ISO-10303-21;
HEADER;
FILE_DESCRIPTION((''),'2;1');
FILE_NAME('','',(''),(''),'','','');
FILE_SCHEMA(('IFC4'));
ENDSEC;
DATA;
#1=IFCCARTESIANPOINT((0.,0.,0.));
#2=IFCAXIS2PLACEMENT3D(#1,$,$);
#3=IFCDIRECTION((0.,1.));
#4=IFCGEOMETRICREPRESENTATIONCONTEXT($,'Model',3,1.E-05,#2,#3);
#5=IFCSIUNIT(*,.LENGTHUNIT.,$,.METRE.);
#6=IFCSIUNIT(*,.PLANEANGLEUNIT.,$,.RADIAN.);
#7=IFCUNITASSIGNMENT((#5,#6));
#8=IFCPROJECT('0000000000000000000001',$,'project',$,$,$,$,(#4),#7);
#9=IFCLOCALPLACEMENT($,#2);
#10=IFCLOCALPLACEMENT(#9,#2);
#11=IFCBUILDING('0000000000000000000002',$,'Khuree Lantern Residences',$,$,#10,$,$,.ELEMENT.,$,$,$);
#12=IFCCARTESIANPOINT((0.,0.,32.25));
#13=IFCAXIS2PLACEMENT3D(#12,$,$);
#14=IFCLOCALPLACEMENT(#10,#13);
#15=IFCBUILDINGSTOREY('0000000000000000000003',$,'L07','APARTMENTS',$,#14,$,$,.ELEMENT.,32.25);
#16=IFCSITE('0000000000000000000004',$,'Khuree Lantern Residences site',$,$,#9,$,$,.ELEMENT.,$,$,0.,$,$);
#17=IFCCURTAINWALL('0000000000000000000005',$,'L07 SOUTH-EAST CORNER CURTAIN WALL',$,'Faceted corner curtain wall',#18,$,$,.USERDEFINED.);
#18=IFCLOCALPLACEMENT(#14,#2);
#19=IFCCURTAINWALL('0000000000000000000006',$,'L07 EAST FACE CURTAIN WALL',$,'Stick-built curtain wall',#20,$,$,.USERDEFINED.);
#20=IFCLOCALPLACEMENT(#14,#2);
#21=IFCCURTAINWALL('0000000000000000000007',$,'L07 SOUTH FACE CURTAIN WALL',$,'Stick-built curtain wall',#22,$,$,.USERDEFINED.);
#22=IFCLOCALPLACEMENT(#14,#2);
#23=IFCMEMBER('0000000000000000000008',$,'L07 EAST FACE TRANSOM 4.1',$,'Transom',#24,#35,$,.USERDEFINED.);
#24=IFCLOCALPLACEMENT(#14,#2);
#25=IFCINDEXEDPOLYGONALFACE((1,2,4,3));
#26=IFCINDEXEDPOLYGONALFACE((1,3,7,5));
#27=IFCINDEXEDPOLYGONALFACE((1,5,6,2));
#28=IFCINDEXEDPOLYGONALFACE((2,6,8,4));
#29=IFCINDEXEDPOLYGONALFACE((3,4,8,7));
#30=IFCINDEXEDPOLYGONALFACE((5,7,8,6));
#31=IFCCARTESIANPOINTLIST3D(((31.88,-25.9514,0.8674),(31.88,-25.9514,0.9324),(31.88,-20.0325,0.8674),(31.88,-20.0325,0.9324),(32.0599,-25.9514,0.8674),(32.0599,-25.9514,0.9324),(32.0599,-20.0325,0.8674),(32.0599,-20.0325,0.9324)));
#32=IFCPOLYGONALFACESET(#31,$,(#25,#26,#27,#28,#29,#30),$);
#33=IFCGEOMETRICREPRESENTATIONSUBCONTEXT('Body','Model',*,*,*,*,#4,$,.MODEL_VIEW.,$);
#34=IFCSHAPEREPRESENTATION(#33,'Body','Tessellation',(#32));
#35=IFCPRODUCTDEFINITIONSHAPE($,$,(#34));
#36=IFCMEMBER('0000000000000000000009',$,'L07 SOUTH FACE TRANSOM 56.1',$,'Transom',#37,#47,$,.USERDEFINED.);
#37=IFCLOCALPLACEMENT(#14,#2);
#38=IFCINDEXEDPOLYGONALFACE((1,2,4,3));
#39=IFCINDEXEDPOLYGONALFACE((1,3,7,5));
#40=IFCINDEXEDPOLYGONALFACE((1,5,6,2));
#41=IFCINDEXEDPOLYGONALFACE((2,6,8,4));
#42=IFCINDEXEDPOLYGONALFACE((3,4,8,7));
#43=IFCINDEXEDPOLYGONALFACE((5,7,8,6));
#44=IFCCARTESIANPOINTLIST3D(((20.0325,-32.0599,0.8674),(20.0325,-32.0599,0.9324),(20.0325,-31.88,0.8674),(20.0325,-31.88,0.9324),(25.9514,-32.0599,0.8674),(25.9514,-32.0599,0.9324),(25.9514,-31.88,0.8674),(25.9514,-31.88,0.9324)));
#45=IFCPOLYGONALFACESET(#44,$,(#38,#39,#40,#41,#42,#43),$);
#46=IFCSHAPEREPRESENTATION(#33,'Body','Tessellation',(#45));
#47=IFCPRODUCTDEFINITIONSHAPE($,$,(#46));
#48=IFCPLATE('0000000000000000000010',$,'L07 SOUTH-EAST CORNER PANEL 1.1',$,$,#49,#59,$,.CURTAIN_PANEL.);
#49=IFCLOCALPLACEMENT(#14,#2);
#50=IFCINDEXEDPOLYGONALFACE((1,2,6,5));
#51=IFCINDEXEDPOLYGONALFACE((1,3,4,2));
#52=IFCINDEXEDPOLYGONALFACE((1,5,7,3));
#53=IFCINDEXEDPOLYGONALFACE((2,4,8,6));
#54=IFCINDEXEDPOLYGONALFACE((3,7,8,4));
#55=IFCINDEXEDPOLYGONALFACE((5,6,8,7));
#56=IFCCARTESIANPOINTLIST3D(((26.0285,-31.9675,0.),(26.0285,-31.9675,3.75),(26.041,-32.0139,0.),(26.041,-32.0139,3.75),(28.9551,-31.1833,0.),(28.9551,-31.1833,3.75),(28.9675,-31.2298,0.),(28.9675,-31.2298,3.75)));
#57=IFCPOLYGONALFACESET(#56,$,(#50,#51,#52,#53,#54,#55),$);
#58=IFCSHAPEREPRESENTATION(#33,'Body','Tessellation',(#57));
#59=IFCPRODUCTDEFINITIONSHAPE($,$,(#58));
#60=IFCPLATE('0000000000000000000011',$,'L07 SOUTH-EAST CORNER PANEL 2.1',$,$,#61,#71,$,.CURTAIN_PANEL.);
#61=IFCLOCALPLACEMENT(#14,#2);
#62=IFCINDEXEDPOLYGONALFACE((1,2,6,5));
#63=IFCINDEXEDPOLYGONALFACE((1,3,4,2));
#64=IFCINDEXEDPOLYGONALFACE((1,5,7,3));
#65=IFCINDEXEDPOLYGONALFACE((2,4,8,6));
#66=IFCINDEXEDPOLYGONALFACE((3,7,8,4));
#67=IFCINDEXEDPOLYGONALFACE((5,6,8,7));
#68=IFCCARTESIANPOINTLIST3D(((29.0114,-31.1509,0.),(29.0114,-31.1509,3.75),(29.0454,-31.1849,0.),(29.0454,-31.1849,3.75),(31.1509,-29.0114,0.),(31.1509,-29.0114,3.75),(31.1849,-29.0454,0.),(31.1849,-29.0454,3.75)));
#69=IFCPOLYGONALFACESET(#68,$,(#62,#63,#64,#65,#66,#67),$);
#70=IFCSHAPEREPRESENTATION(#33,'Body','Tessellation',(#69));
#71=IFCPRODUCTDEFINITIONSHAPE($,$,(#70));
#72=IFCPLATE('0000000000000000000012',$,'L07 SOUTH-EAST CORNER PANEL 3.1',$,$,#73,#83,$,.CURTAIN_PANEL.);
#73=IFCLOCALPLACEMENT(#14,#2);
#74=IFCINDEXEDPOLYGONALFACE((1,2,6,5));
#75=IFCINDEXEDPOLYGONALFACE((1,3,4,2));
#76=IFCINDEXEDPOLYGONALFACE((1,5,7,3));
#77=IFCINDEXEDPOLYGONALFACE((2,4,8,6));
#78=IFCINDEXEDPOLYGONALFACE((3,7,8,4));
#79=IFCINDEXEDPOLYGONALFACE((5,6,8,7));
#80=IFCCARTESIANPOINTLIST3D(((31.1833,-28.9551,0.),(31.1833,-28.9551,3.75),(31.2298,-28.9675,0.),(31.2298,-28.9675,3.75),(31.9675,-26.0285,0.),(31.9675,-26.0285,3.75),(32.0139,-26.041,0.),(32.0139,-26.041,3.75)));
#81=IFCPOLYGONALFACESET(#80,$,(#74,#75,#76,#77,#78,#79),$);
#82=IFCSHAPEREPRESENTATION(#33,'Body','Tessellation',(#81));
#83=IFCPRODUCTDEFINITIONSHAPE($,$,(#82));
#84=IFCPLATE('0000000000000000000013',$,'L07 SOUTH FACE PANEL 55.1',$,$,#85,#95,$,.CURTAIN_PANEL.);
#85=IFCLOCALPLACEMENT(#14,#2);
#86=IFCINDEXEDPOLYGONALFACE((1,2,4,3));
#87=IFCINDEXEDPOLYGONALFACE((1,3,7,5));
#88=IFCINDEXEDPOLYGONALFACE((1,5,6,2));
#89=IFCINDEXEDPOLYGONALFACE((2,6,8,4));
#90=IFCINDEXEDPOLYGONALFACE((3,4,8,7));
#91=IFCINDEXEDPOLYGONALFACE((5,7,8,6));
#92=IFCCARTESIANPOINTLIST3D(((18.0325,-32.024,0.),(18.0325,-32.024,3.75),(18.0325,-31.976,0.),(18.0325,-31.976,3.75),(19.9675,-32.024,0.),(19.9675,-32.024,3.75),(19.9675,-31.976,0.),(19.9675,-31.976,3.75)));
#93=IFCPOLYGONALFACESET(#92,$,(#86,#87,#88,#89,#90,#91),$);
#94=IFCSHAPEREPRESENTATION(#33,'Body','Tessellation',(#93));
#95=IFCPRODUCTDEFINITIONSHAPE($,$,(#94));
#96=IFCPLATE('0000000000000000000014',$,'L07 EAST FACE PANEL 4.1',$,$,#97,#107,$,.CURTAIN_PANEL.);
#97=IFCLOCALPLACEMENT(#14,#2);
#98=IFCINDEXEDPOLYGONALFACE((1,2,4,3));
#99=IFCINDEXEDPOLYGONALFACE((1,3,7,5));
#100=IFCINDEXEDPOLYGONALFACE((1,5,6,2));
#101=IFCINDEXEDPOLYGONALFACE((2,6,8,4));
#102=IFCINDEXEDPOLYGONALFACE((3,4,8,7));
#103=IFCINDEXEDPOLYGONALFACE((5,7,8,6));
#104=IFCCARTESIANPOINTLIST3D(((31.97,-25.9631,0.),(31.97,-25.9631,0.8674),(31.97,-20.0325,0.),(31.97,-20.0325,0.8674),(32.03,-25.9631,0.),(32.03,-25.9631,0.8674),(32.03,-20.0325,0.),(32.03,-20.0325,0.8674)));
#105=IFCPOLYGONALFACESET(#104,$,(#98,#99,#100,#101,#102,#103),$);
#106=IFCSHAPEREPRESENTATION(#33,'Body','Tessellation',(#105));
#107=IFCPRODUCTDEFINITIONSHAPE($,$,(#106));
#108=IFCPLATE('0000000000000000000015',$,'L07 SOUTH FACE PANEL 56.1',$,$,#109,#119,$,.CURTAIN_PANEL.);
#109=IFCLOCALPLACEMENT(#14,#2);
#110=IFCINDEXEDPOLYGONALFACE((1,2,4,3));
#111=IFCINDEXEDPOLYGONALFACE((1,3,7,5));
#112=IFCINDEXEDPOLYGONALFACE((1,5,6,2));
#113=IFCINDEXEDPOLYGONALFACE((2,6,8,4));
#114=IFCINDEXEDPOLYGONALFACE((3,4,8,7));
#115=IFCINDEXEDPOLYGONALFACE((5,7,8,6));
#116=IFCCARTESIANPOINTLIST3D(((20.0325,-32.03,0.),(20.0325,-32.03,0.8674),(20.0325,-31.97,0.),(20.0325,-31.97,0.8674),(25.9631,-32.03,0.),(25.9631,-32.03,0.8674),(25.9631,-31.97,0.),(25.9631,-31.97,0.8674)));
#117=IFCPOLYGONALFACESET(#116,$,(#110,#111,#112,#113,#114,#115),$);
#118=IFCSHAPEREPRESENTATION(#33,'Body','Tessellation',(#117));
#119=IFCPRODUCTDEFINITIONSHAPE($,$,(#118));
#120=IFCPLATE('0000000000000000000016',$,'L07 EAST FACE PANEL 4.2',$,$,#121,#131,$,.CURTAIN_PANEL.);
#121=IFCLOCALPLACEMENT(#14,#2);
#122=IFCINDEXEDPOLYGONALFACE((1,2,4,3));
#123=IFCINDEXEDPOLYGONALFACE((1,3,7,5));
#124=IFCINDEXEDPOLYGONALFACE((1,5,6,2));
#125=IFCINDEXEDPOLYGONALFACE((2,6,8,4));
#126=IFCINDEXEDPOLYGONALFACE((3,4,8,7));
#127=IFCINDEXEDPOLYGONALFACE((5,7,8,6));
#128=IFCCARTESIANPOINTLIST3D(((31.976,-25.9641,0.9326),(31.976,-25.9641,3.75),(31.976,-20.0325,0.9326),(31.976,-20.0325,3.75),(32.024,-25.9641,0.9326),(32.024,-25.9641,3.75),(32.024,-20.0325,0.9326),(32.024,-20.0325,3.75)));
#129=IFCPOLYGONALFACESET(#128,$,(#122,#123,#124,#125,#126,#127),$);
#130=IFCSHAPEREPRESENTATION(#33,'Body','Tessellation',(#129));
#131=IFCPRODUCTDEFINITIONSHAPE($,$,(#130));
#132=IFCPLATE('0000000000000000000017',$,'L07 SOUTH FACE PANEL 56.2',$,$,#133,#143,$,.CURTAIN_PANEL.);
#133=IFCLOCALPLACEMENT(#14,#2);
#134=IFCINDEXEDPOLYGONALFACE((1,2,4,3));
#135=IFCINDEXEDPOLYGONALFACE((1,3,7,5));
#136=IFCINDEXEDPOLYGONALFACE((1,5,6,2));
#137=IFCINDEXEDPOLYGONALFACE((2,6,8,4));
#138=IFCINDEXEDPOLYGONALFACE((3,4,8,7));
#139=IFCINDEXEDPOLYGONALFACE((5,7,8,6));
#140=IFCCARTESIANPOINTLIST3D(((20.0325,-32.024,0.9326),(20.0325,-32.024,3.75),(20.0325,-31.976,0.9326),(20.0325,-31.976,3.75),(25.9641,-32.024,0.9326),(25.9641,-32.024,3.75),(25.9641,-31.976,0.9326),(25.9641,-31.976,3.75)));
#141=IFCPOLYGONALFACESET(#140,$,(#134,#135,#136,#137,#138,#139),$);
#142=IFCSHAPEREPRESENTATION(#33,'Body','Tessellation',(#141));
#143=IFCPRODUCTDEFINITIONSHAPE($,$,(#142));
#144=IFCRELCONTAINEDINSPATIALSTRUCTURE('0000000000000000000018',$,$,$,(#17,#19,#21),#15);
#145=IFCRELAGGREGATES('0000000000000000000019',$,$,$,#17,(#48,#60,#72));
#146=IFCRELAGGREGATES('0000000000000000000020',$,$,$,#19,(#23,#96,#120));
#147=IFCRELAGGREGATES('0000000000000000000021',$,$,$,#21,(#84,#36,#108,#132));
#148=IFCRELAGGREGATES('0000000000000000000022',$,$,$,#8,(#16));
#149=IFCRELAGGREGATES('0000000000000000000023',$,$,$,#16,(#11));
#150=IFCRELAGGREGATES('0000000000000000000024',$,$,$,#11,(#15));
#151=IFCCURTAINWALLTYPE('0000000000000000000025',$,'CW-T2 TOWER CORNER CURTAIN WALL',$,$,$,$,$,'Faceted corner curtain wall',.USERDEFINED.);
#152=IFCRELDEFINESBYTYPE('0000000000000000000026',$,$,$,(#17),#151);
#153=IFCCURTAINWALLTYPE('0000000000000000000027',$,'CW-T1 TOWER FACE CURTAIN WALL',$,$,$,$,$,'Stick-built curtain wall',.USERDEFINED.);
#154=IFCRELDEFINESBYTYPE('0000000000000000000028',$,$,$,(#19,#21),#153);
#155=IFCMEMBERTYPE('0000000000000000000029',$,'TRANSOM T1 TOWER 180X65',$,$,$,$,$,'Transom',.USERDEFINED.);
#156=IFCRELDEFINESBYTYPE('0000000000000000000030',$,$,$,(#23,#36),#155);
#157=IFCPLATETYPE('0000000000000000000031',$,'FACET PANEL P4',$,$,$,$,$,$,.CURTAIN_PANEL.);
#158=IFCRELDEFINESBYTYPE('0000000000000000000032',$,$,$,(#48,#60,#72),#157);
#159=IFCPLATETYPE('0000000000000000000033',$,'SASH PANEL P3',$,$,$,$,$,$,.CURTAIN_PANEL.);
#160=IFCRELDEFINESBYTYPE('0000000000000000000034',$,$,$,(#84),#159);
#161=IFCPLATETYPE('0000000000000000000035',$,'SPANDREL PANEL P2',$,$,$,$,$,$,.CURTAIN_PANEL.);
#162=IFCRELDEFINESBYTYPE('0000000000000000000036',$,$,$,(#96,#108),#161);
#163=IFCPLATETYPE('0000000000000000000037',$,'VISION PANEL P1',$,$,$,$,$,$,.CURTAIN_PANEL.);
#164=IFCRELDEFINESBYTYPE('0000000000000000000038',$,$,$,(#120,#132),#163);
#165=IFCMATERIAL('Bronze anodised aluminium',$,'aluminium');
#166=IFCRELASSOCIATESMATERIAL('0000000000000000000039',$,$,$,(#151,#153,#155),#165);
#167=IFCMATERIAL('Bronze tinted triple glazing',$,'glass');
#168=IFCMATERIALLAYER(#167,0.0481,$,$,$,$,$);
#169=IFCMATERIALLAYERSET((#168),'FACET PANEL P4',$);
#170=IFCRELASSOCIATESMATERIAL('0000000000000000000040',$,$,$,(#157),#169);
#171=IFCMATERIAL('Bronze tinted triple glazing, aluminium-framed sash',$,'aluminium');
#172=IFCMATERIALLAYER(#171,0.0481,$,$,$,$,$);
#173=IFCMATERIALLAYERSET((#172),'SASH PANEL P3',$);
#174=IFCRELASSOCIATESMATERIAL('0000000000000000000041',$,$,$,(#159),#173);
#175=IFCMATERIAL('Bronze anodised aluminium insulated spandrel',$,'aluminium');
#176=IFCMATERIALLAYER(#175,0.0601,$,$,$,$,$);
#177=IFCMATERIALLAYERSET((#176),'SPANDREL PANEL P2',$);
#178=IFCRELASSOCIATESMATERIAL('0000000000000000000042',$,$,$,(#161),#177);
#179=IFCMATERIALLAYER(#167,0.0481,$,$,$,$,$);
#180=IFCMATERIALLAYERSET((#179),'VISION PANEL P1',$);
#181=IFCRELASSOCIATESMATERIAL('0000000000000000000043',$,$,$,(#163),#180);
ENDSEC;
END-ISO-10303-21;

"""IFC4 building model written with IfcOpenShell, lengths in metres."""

from ifc_helpers import new_model, si_unit, direction, frame, origin, origin_2d, place, context, subcontext, project, spatial, rectangle, extrude, material, layer, layer_set, material_profile, profile_set, type_object, element, aggregate, save


model = new_model("IFC4")

# Units and contexts
model_context = context("Model", 3, precision=1e-05, world=origin(), true_north=direction((0.0, 1.0)))
body_context = subcontext(model_context, "Body", "Model", "MODEL_VIEW")
ifc_project = project(units=[si_unit("LENGTHUNIT", "METRE"), si_unit("PLANEANGLEUNIT", "RADIAN")], contexts=[model_context])

# Site, building, storey
site_placement = place(None, origin())
site = spatial("IfcSite", under=ifc_project, at=site_placement, Name="Khuree Lantern Residences site", CompositionType="ELEMENT", RefElevation=0.0)
building_placement = place(site_placement, origin())
building = spatial("IfcBuilding", under=site, at=building_placement, Name="Khuree Lantern Residences", CompositionType="ELEMENT")
storey_placement = place(building_placement, frame((0.0, 0.0, 32.25)))
storey = spatial("IfcBuildingStorey", under=building, at=storey_placement, Name="L07", Description="APARTMENTS", CompositionType="ELEMENT", Elevation=32.25)

# Curtain wall
ifc_material_1 = material(Name="Bronze anodised aluminium", Category="aluminium")
curtain_wall_type_1 = type_object("IfcCurtainWallType", Name="CW-T2 TOWER CORNER CURTAIN WALL", ElementType="Faceted corner curtain wall", PredefinedType="USERDEFINED", material=ifc_material_1)
curtain_wall_1_placement = place(storey_placement, origin())
curtain_wall_1 = element("IfcCurtainWall", 1, at=curtain_wall_1_placement, inside=storey, type_object=curtain_wall_type_1, Name="L07 SOUTH-EAST CORNER CURTAIN WALL", ObjectType="Faceted corner curtain wall", PredefinedType="USERDEFINED")

# Curtain walls
curtain_wall_type_2 = type_object("IfcCurtainWallType", Name="CW-T1 TOWER FACE CURTAIN WALL", ElementType="Stick-built curtain wall", PredefinedType="USERDEFINED", material=ifc_material_1)
curtain_wall_2_placement = place(storey_placement, origin())
curtain_wall_2 = element("IfcCurtainWall", 2, at=curtain_wall_2_placement, inside=storey, type_object=curtain_wall_type_2, Name="L07 EAST FACE CURTAIN WALL", ObjectType="Stick-built curtain wall", PredefinedType="USERDEFINED")
curtain_wall_3_placement = place(storey_placement, origin())
curtain_wall_3 = element("IfcCurtainWall", 3, at=curtain_wall_3_placement, inside=storey, type_object=curtain_wall_type_2, Name="L07 SOUTH FACE CURTAIN WALL", ObjectType="Stick-built curtain wall", PredefinedType="USERDEFINED")

# Members
ifc_material_profile_1 = material_profile(ifc_material_1, rectangle(XDim=0.1799, YDim=0.0649, at=origin_2d()), Name="T1 180X65")
ifc_profile_set_1 = profile_set([ifc_material_profile_1], Name="Bronze anodised aluminium")
member_type_1 = type_object("IfcMemberType", Name="TRANSOM T1 TOWER 180X65", ElementType="Transom", PredefinedType="USERDEFINED", material=ifc_profile_set_1)
member_1_placement = place(storey_placement, frame((31.97, -25.9514, 0.8999), z_axis=(0.0, 1.0, 0.0), x_axis=(-1.0, 0.0, 0.0)))
member_1 = element("IfcMember", 4, at=member_1_placement, type_object=member_type_1, Name="L07 EAST FACE TRANSOM 4.1", ObjectType="Transom", PredefinedType="USERDEFINED", context=body_context, shape_type="SweptSolid", body=[
    extrude(rectangle(XDim=0.1799, YDim=0.0649, at=origin_2d()), origin(), (0.0, 0.0, 1.0), 5.9189),
])
member_2_placement = place(storey_placement, frame((20.0325, -31.97, 0.8999), z_axis=(1.0, 0.0, 0.0), x_axis=(0.0, 1.0, 0.0)))
member_2 = element("IfcMember", 5, at=member_2_placement, type_object=member_type_1, Name="L07 SOUTH FACE TRANSOM 56.1", ObjectType="Transom", PredefinedType="USERDEFINED", context=body_context, shape_type="SweptSolid", body=[
    extrude(rectangle(XDim=0.1799, YDim=0.0649, at=origin_2d()), origin(), (0.0, 0.0, 1.0), 5.9189),
])

# Plates
ifc_material_2 = material(Name="Bronze tinted triple glazing", Category="glass")
ifc_layer_1 = layer(ifc_material_2, 0.0481)
ifc_layer_set_1 = layer_set([ifc_layer_1], Name="FACET PANEL P4")
plate_type_1 = type_object("IfcPlateType", Name="FACET PANEL P4", PredefinedType="CURTAIN_PANEL", material=ifc_layer_set_1)
plate_1_placement = place(storey_placement, frame((27.498, -31.5986, 0.0), z_axis=(0.0, 0.0, 1.0), x_axis=(0.965926, 0.258819, 0.0)))
plate_1 = element("IfcPlate", 6, at=plate_1_placement, type_object=plate_type_1, Name="L07 SOUTH-EAST CORNER PANEL 1.1", PredefinedType="CURTAIN_PANEL", context=body_context, shape_type="SweptSolid", body=[
    extrude(rectangle(XDim=3.0298, YDim=0.0481, at=origin_2d()), origin(), (0.0, 0.0, 1.0), 3.75),
])
plate_2_placement = place(storey_placement, frame((30.0981, -30.0981, 0.0), z_axis=(0.0, 0.0, 1.0), x_axis=(0.707107, 0.707107, 0.0)))
plate_2 = element("IfcPlate", 7, at=plate_2_placement, type_object=plate_type_1, Name="L07 SOUTH-EAST CORNER PANEL 2.1", PredefinedType="CURTAIN_PANEL", context=body_context, shape_type="SweptSolid", body=[
    extrude(rectangle(XDim=3.0256, YDim=0.0481, at=origin_2d()), origin(), (0.0, 0.0, 1.0), 3.75),
])
plate_3_placement = place(storey_placement, frame((31.5986, -27.498, 0.0), z_axis=(0.0, 0.0, 1.0), x_axis=(0.258819, 0.965926, 0.0)))
plate_3 = element("IfcPlate", 8, at=plate_3_placement, type_object=plate_type_1, Name="L07 SOUTH-EAST CORNER PANEL 3.1", PredefinedType="CURTAIN_PANEL", context=body_context, shape_type="SweptSolid", body=[
    extrude(rectangle(XDim=3.0298, YDim=0.0481, at=origin_2d()), origin(), (0.0, 0.0, 1.0), 3.75),
])
aggregate(curtain_wall_1, [plate_1, plate_2, plate_3])
ifc_material_3 = material(Name="Bronze tinted triple glazing, aluminium-framed sash", Category="aluminium")
ifc_layer_2 = layer(ifc_material_3, 0.0481)
ifc_layer_set_2 = layer_set([ifc_layer_2], Name="SASH PANEL P3")
plate_type_2 = type_object("IfcPlateType", Name="SASH PANEL P3", PredefinedType="CURTAIN_PANEL", material=ifc_layer_set_2)
plate_4_placement = place(storey_placement, frame((19.0, -32.0, 0.0), z_axis=(0.0, 0.0, 1.0), x_axis=(1.0, 0.0, 0.0)))
plate_4 = element("IfcPlate", 9, at=plate_4_placement, type_object=plate_type_2, Name="L07 SOUTH FACE PANEL 55.1", PredefinedType="CURTAIN_PANEL", context=body_context, shape_type="SweptSolid", body=[
    extrude(rectangle(XDim=1.9351, YDim=0.0481, at=origin_2d()), origin(), (0.0, 0.0, 1.0), 3.75),
])
ifc_material_4 = material(Name="Bronze anodised aluminium insulated spandrel", Category="aluminium")
ifc_layer_3 = layer(ifc_material_4, 0.0601)
ifc_layer_set_3 = layer_set([ifc_layer_3], Name="SPANDREL PANEL P2")
plate_type_3 = type_object("IfcPlateType", Name="SPANDREL PANEL P2", PredefinedType="CURTAIN_PANEL", material=ifc_layer_set_3)
plate_5_placement = place(storey_placement, frame((32.0, -22.9978, 0.0), z_axis=(0.0, 0.0, 1.0), x_axis=(0.0, 1.0, 0.0)))
plate_5 = element("IfcPlate", 10, at=plate_5_placement, type_object=plate_type_3, Name="L07 EAST FACE PANEL 4.1", PredefinedType="CURTAIN_PANEL", context=body_context, shape_type="SweptSolid", body=[
    extrude(rectangle(XDim=5.9307, YDim=0.0601, at=origin_2d()), origin(), (0.0, 0.0, 1.0), 0.8674),
])
plate_6_placement = place(storey_placement, frame((22.9978, -32.0, 0.0), z_axis=(0.0, 0.0, 1.0), x_axis=(1.0, 0.0, 0.0)))
plate_6 = element("IfcPlate", 11, at=plate_6_placement, type_object=plate_type_3, Name="L07 SOUTH FACE PANEL 56.1", PredefinedType="CURTAIN_PANEL", context=body_context, shape_type="SweptSolid", body=[
    extrude(rectangle(XDim=5.9307, YDim=0.0601, at=origin_2d()), origin(), (0.0, 0.0, 1.0), 0.8674),
])
ifc_layer_4 = layer(ifc_material_2, 0.0481)
ifc_layer_set_4 = layer_set([ifc_layer_4], Name="VISION PANEL P1")
plate_type_4 = type_object("IfcPlateType", Name="VISION PANEL P1", PredefinedType="CURTAIN_PANEL", material=ifc_layer_set_4)
plate_7_placement = place(storey_placement, frame((32.0, -22.9983, 0.9326), z_axis=(0.0, 0.0, 1.0), x_axis=(0.0, 1.0, 0.0)))
plate_7 = element("IfcPlate", 12, at=plate_7_placement, type_object=plate_type_4, Name="L07 EAST FACE PANEL 4.2", PredefinedType="CURTAIN_PANEL", context=body_context, shape_type="SweptSolid", body=[
    extrude(rectangle(XDim=5.9316, YDim=0.0481, at=origin_2d()), origin(), (0.0, 0.0, 1.0), 2.8174),
])
aggregate(curtain_wall_2, [member_1, plate_5, plate_7])
plate_8_placement = place(storey_placement, frame((22.9983, -32.0, 0.9326), z_axis=(0.0, 0.0, 1.0), x_axis=(1.0, 0.0, 0.0)))
plate_8 = element("IfcPlate", 13, at=plate_8_placement, type_object=plate_type_4, Name="L07 SOUTH FACE PANEL 56.2", PredefinedType="CURTAIN_PANEL", context=body_context, shape_type="SweptSolid", body=[
    extrude(rectangle(XDim=5.9316, YDim=0.0481, at=origin_2d()), origin(), (0.0, 0.0, 1.0), 2.8174),
])
aggregate(curtain_wall_3, [plate_4, member_2, plate_6, plate_8])

save(model, "model.ifc")
